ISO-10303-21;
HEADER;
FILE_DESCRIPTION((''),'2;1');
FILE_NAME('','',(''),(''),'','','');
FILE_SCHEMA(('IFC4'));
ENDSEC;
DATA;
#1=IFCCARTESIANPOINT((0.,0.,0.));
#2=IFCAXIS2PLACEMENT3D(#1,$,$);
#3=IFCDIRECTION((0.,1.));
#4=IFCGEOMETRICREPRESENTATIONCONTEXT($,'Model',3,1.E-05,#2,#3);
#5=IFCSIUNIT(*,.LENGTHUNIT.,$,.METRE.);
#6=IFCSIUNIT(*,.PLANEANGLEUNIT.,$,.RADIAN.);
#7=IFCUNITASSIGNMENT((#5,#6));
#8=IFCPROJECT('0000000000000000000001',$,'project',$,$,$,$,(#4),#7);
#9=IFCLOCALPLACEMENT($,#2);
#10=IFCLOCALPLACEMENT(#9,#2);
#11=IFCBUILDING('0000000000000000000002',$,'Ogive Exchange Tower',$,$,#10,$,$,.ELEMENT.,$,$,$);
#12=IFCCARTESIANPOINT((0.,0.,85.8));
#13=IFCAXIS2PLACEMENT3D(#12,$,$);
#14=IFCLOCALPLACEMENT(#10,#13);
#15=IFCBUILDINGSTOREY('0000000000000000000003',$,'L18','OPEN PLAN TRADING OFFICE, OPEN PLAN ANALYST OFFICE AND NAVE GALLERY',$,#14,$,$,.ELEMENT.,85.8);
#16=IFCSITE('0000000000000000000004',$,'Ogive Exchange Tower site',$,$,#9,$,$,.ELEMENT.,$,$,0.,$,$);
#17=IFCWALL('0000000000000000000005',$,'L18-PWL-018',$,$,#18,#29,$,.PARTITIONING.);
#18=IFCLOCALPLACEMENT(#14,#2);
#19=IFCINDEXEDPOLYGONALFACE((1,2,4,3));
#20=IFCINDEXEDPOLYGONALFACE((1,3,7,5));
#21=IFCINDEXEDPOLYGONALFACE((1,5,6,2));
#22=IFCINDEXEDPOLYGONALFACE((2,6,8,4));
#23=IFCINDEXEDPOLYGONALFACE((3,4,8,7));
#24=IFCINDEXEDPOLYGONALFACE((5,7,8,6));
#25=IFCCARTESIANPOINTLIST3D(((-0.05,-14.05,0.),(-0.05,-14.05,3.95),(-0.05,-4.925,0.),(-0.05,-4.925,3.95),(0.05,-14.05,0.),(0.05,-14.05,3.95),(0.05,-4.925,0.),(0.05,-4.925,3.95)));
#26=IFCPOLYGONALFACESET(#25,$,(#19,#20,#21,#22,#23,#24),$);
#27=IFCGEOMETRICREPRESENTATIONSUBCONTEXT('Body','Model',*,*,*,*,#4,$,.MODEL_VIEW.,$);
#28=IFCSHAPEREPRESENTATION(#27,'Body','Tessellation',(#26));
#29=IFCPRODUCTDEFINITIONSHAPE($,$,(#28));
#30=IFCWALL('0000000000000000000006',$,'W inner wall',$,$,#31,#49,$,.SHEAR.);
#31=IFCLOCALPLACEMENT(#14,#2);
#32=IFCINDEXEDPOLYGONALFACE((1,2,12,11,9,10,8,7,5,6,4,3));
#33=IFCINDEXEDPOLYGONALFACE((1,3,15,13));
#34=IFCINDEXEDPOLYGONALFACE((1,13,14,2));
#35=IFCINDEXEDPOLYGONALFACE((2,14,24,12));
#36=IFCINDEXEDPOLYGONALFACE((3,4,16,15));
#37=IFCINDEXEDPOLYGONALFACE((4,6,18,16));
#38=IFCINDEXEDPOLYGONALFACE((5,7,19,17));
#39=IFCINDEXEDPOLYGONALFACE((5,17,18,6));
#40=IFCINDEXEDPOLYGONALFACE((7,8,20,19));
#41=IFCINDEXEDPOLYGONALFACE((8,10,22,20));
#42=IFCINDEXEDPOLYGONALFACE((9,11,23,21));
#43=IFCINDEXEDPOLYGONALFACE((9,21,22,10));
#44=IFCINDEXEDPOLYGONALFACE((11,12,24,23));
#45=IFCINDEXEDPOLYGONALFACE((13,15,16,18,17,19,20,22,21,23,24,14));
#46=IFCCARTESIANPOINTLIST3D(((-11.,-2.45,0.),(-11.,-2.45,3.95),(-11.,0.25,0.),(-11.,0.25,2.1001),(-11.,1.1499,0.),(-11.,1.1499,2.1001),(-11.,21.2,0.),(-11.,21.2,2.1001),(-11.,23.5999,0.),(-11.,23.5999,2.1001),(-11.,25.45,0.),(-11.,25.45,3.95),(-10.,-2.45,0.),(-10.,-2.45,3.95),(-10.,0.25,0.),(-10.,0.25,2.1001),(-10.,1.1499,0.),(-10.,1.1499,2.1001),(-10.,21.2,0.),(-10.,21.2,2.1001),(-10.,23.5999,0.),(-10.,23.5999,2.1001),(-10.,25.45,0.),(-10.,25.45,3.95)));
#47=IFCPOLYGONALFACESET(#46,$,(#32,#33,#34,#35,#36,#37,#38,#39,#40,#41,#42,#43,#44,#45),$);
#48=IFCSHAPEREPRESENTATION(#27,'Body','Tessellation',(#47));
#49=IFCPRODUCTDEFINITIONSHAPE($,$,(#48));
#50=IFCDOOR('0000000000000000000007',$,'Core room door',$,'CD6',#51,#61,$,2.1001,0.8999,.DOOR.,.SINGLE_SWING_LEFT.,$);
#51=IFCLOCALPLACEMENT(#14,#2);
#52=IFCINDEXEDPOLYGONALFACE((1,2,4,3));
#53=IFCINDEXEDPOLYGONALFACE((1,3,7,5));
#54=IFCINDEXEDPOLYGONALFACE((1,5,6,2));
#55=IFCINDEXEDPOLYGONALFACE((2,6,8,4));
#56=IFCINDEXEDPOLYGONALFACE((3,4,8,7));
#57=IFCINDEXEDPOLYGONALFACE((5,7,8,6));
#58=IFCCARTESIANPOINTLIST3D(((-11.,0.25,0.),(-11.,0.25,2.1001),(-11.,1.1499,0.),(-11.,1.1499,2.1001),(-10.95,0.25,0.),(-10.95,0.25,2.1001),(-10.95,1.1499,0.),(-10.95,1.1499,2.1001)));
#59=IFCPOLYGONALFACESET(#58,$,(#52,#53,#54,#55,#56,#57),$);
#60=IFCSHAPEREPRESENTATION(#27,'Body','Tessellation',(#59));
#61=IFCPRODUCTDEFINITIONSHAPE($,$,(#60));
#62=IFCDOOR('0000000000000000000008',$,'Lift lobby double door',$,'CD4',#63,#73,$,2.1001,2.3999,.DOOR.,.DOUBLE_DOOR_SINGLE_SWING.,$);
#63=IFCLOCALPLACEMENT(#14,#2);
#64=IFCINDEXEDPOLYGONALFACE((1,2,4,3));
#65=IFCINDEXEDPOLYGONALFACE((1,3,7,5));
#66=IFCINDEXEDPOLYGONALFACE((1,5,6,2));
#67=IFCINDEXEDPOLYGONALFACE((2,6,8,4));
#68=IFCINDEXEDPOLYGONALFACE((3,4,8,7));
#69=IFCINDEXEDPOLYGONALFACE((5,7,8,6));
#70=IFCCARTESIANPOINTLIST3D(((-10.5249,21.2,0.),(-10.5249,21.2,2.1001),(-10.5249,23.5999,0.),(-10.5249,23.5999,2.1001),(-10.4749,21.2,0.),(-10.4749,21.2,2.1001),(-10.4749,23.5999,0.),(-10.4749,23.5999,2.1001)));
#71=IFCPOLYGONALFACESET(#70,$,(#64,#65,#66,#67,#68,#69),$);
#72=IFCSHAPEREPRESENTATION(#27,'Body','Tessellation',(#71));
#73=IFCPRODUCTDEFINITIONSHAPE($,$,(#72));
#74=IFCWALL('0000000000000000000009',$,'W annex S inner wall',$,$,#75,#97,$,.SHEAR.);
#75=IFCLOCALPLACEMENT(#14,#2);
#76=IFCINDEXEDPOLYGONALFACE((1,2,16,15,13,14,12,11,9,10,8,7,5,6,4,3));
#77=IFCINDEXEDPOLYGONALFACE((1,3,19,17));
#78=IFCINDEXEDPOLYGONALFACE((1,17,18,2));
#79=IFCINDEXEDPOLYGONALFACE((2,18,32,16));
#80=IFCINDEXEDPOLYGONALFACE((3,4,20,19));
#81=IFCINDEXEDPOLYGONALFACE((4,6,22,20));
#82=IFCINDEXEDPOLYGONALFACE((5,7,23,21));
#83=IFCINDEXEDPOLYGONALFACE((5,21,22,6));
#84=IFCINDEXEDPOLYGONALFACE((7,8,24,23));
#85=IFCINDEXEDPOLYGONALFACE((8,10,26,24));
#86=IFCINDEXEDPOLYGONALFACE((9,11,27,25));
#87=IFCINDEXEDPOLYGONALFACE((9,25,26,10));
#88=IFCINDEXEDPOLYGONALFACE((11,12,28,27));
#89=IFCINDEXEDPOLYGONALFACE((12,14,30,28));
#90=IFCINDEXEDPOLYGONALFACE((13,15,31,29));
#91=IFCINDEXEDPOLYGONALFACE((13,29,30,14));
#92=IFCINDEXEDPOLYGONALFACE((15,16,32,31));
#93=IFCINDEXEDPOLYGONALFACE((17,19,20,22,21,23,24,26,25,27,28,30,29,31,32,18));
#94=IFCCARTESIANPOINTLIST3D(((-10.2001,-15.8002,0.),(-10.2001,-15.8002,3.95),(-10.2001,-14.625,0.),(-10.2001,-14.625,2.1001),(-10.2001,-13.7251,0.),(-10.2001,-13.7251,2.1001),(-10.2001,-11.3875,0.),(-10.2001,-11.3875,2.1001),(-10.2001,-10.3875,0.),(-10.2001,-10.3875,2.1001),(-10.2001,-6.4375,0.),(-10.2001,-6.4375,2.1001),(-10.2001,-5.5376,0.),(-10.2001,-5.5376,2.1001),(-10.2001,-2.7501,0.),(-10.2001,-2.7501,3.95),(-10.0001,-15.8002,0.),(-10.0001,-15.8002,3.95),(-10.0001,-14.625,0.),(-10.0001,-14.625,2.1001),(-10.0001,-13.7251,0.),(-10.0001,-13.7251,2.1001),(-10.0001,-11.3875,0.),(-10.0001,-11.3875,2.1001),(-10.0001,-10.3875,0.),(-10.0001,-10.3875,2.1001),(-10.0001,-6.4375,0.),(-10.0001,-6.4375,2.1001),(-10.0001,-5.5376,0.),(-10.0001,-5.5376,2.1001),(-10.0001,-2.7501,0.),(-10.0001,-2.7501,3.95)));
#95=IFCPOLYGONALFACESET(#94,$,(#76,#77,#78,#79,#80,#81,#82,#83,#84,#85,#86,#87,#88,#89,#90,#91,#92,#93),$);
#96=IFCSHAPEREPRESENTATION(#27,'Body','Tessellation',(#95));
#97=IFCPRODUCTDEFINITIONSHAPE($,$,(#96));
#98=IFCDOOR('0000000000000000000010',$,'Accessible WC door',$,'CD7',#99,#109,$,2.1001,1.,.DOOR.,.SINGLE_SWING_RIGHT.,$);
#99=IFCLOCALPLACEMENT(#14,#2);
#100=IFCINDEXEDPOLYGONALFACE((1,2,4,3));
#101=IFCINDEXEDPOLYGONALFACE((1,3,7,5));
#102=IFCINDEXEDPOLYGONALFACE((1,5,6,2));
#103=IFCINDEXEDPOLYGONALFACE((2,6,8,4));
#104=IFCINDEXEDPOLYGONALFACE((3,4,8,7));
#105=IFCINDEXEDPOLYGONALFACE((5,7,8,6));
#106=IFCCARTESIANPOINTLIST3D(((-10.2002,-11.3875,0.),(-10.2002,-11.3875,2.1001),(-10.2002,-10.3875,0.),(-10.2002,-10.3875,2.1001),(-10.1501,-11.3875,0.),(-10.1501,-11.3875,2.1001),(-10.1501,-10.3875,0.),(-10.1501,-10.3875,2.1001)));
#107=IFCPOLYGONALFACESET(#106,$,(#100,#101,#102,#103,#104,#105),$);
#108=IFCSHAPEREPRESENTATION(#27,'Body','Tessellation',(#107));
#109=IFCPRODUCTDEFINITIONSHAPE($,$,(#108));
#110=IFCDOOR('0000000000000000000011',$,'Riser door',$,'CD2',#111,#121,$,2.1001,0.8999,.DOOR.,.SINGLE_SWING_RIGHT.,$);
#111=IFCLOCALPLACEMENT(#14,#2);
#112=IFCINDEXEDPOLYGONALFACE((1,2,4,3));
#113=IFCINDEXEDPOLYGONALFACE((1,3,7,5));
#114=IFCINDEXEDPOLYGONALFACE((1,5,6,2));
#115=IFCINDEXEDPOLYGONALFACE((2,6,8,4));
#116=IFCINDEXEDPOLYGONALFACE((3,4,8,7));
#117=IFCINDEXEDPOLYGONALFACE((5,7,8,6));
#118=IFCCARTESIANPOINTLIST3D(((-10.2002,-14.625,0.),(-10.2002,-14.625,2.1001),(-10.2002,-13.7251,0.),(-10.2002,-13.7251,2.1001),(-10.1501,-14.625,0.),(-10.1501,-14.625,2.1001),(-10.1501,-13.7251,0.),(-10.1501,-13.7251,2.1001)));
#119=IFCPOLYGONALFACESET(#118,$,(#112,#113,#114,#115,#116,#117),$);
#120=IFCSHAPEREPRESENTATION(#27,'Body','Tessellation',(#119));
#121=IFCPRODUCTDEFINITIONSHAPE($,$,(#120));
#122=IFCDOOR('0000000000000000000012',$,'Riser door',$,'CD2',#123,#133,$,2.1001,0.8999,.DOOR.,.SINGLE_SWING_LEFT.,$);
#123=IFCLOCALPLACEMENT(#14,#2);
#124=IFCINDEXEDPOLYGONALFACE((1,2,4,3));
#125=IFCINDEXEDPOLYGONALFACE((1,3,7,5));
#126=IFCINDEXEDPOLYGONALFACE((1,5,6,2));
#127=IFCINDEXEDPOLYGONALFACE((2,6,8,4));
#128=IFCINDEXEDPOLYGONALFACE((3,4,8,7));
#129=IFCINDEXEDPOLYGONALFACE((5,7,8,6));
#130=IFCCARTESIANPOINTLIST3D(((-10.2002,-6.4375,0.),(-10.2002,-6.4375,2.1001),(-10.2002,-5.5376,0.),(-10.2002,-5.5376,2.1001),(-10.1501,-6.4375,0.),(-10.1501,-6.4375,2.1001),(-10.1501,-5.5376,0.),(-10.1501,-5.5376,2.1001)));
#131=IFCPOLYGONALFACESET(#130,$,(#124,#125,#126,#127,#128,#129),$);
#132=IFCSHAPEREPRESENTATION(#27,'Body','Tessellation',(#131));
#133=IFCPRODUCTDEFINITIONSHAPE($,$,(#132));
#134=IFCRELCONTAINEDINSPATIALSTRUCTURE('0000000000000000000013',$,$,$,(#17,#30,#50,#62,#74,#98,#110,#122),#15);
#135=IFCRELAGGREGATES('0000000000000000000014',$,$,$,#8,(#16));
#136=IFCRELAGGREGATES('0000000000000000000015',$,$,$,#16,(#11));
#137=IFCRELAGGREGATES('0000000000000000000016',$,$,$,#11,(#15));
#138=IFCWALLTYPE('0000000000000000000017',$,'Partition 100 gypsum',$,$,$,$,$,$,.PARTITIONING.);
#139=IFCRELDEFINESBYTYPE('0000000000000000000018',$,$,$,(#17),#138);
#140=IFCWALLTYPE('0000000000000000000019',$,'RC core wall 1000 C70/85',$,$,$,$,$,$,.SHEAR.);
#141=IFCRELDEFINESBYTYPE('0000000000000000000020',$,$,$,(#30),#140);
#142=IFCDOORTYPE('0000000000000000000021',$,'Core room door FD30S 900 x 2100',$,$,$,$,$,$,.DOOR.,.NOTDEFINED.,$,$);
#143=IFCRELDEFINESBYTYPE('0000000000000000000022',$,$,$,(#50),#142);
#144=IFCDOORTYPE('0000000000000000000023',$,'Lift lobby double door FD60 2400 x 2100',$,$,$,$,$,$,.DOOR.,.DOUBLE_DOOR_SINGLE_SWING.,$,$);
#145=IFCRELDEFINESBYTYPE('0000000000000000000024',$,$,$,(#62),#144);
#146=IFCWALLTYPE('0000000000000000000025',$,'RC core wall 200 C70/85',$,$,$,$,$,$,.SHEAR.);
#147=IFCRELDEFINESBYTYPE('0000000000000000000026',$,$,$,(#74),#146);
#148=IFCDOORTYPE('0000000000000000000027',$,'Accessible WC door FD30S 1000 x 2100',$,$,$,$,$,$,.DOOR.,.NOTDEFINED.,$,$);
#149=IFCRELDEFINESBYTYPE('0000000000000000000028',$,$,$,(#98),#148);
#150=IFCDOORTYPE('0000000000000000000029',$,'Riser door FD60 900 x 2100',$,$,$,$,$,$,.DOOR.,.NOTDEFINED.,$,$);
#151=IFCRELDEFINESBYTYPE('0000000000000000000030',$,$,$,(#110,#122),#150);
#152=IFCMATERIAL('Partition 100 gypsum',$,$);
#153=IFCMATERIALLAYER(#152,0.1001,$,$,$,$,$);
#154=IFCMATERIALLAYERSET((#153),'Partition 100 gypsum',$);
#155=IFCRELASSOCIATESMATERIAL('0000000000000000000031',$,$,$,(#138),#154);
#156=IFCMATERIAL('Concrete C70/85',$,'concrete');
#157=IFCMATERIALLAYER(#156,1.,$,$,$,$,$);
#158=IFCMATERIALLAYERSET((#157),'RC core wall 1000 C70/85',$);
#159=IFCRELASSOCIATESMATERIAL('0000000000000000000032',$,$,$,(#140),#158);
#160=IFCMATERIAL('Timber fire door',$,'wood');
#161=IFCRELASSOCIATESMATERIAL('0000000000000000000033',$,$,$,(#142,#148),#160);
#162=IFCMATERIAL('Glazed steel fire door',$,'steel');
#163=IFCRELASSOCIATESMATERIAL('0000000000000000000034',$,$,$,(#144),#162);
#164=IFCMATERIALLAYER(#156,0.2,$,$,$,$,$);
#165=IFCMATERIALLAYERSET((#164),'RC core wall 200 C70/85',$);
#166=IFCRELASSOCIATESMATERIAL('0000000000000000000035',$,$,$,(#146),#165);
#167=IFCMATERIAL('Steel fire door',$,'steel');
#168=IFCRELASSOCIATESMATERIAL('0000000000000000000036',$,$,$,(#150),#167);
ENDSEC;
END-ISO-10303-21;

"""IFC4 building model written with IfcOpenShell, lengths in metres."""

from ifc_helpers import new_model, si_unit, direction, frame, frame_2d, origin, place, context, subcontext, project, spatial, rectangle, extrude, material, layer, layer_set, type_object, element, fill, save


model = new_model("IFC4")

# Units and contexts
model_context = context("Model", 3, precision=1e-05, world=origin(), true_north=direction((0.0, 1.0)))
body_context = subcontext(model_context, "Body", "Model", "MODEL_VIEW")
ifc_project = project(units=[si_unit("LENGTHUNIT", "METRE"), si_unit("PLANEANGLEUNIT", "RADIAN")], contexts=[model_context])

# Site, building, storey
site_placement = place(None, origin())
site = spatial("IfcSite", under=ifc_project, at=site_placement, Name="Ogive Exchange Tower site", CompositionType="ELEMENT", RefElevation=0.0)
building_placement = place(site_placement, origin())
building = spatial("IfcBuilding", under=site, at=building_placement, Name="Ogive Exchange Tower", CompositionType="ELEMENT")
storey_placement = place(building_placement, frame((0.0, 0.0, 85.8)))
storey = spatial("IfcBuildingStorey", under=building, at=storey_placement, Name="L18", Description="OPEN PLAN TRADING OFFICE, OPEN PLAN ANALYST OFFICE AND NAVE GALLERY", CompositionType="ELEMENT", Elevation=85.8)

# Wall
ifc_material_1 = material(Name="Partition 100 gypsum")
ifc_layer_1 = layer(ifc_material_1, 0.1001)
ifc_layer_set_1 = layer_set([ifc_layer_1], Name="Partition 100 gypsum")
wall_type_1 = type_object("IfcWallType", Name="Partition 100 gypsum", PredefinedType="PARTITIONING", material=ifc_layer_set_1)
wall_1_placement = place(storey_placement, frame((0.0, -14.05, 0.0), z_axis=(0.0, 0.0, 1.0), x_axis=(0.0, 1.0, 0.0)))
element("IfcWall", 1, at=wall_1_placement, inside=storey, type_object=wall_type_1, Name="L18-PWL-018", PredefinedType="PARTITIONING", context=body_context, shape_type="SweptSolid", body=[
    extrude(rectangle(XDim=9.125, YDim=0.1001, at=frame_2d((4.5625, 0.0))), origin(), (0.0, 0.0, 1.0), 3.95),
])

# Walls, openings, doors
ifc_material_2 = material(Name="Concrete C70/85", Category="concrete")
ifc_layer_2 = layer(ifc_material_2, 1.0)
ifc_layer_set_2 = layer_set([ifc_layer_2], Name="RC core wall 1000 C70/85")
wall_type_2 = type_object("IfcWallType", Name="RC core wall 1000 C70/85", PredefinedType="SHEAR", material=ifc_layer_set_2)
wall_2_placement = place(storey_placement, frame((-10.5, -2.45, 0.0), z_axis=(0.0, 0.0, 1.0), x_axis=(0.0, 1.0, 0.0)))
wall_2 = element("IfcWall", 2, at=wall_2_placement, inside=storey, type_object=wall_type_2, Name="W inner wall", PredefinedType="SHEAR", context=body_context, shape_type="SweptSolid", body=[
    extrude(rectangle(XDim=27.8999, YDim=1.0, at=frame_2d((13.95, 0.0))), origin(), (0.0, 0.0, 1.0), 3.95),
])
opening_1_placement = place(wall_2_placement, frame((23.6499, 0.0, 0.0)))
opening_1 = element("IfcOpeningElement", 3, at=opening_1_placement, cuts=wall_2, PredefinedType="OPENING", context=body_context, shape_type="SweptSolid", body=[
    extrude(rectangle(XDim=2.3999, YDim=2.1001, at=frame_2d((1.2, 1.05))), frame((0.0, 0.51, 0.0), z_axis=(0.0, -1.0, 0.0), x_axis=(1.0, 0.0, 0.0)), (0.0, 0.0, 1.0), 1.02),
])
opening_2_placement = place(wall_2_placement, frame((2.7, 0.0, 0.0)))
opening_2 = element("IfcOpeningElement", 4, at=opening_2_placement, cuts=wall_2, PredefinedType="OPENING", context=body_context, shape_type="SweptSolid", body=[
    extrude(rectangle(XDim=0.8999, YDim=2.1001, at=frame_2d((0.45, 1.05))), frame((0.0, 0.51, 0.0), z_axis=(0.0, -1.0, 0.0), x_axis=(1.0, 0.0, 0.0)), (0.0, 0.0, 1.0), 1.02),
])
ifc_material_3 = material(Name="Timber fire door", Category="wood")
door_type_1 = type_object("IfcDoorType", Name="Core room door FD30S 900 x 2100", OperationType="NOTDEFINED", PredefinedType="DOOR", material=ifc_material_3)
door_1_placement = place(opening_2_placement, origin())
door_1 = element("IfcDoor", 5, at=door_1_placement, inside=storey, type_object=door_type_1, Name="Core room door", ObjectType="CD6", OperationType="SINGLE_SWING_LEFT", OverallHeight=2.1001, OverallWidth=0.8999, PredefinedType="DOOR", context=body_context, shape_type="SweptSolid", body=[
    extrude(rectangle(XDim=0.8999, YDim=2.1001, at=frame_2d((0.45, 1.05))), frame((0.0, 0.5, 0.0), z_axis=(0.0, -1.0, 0.0), x_axis=(1.0, 0.0, 0.0)), (0.0, 0.0, 1.0), 0.05),
])
fill(opening_2, door_1)
ifc_material_4 = material(Name="Glazed steel fire door", Category="steel")
door_type_2 = type_object("IfcDoorType", Name="Lift lobby double door FD60 2400 x 2100", OperationType="DOUBLE_DOOR_SINGLE_SWING", PredefinedType="DOOR", material=ifc_material_4)
door_2_placement = place(opening_1_placement, origin())
door_2 = element("IfcDoor", 6, at=door_2_placement, inside=storey, type_object=door_type_2, Name="Lift lobby double door", ObjectType="CD4", OperationType="DOUBLE_DOOR_SINGLE_SWING", OverallHeight=2.1001, OverallWidth=2.3999, PredefinedType="DOOR", context=body_context, shape_type="SweptSolid", body=[
    extrude(rectangle(XDim=2.3999, YDim=2.1001, at=frame_2d((1.2, 1.05))), frame((0.0, 0.0249, 0.0), z_axis=(0.0, -1.0, 0.0), x_axis=(1.0, 0.0, 0.0)), (0.0, 0.0, 1.0), 0.05),
])
fill(opening_1, door_2)
ifc_layer_3 = layer(ifc_material_2, 0.2)
ifc_layer_set_3 = layer_set([ifc_layer_3], Name="RC core wall 200 C70/85")
wall_type_3 = type_object("IfcWallType", Name="RC core wall 200 C70/85", PredefinedType="SHEAR", material=ifc_layer_set_3)
wall_3_placement = place(storey_placement, frame((-10.1001, -15.8, 0.0), z_axis=(0.0, 0.0, 1.0), x_axis=(0.0, 1.0, 0.0)))
wall_3 = element("IfcWall", 7, at=wall_3_placement, inside=storey, type_object=wall_type_3, Name="W annex S inner wall", PredefinedType="SHEAR", context=body_context, shape_type="SweptSolid", body=[
    extrude(rectangle(XDim=13.05, YDim=0.2, at=frame_2d((6.5249, 0.0))), origin(), (0.0, 0.0, 1.0), 3.95),
])
opening_3_placement = place(wall_3_placement, frame((1.175, 0.0, 0.0)))
opening_3 = element("IfcOpeningElement", 8, at=opening_3_placement, cuts=wall_3, PredefinedType="OPENING", context=body_context, shape_type="SweptSolid", body=[
    extrude(rectangle(XDim=0.8999, YDim=2.1001, at=frame_2d((0.45, 1.05))), frame((0.0, 0.1099, 0.0), z_axis=(0.0, -1.0, 0.0), x_axis=(1.0, 0.0, 0.0)), (0.0, 0.0, 1.0), 0.22),
])
opening_4_placement = place(wall_3_placement, frame((4.4126, 0.0, 0.0)))
opening_4 = element("IfcOpeningElement", 9, at=opening_4_placement, cuts=wall_3, PredefinedType="OPENING", context=body_context, shape_type="SweptSolid", body=[
    extrude(rectangle(XDim=1.0, YDim=2.1001, at=frame_2d((0.5, 1.05))), frame((0.0, 0.1099, 0.0), z_axis=(0.0, -1.0, 0.0), x_axis=(1.0, 0.0, 0.0)), (0.0, 0.0, 1.0), 0.22),
])
opening_5_placement = place(wall_3_placement, frame((9.3625, 0.0, 0.0)))
opening_5 = element("IfcOpeningElement", 10, at=opening_5_placement, cuts=wall_3, PredefinedType="OPENING", context=body_context, shape_type="SweptSolid", body=[
    extrude(rectangle(XDim=0.8999, YDim=2.1001, at=frame_2d((0.45, 1.05))), frame((0.0, 0.1099, 0.0), z_axis=(0.0, -1.0, 0.0), x_axis=(1.0, 0.0, 0.0)), (0.0, 0.0, 1.0), 0.22),
])
door_type_3 = type_object("IfcDoorType", Name="Accessible WC door FD30S 1000 x 2100", OperationType="NOTDEFINED", PredefinedType="DOOR", material=ifc_material_3)
door_3_placement = place(opening_4_placement, origin())
door_3 = element("IfcDoor", 11, at=door_3_placement, inside=storey, type_object=door_type_3, Name="Accessible WC door", ObjectType="CD7", OperationType="SINGLE_SWING_RIGHT", OverallHeight=2.1001, OverallWidth=1.0, PredefinedType="DOOR", context=body_context, shape_type="SweptSolid", body=[
    extrude(rectangle(XDim=1.0, YDim=2.1001, at=frame_2d((0.5, 1.05))), frame((0.0, 0.1001, 0.0), z_axis=(0.0, -1.0, 0.0), x_axis=(1.0, 0.0, 0.0)), (0.0, 0.0, 1.0), 0.05),
])
fill(opening_4, door_3)
ifc_material_5 = material(Name="Steel fire door", Category="steel")
door_type_4 = type_object("IfcDoorType", Name="Riser door FD60 900 x 2100", OperationType="NOTDEFINED", PredefinedType="DOOR", material=ifc_material_5)
door_4_placement = place(opening_3_placement, origin())
door_4 = element("IfcDoor", 12, at=door_4_placement, inside=storey, type_object=door_type_4, Name="Riser door", ObjectType="CD2", OperationType="SINGLE_SWING_RIGHT", OverallHeight=2.1001, OverallWidth=0.8999, PredefinedType="DOOR", context=body_context, shape_type="SweptSolid", body=[
    extrude(rectangle(XDim=0.8999, YDim=2.1001, at=frame_2d((0.45, 1.05))), frame((0.0, 0.1001, 0.0), z_axis=(0.0, -1.0, 0.0), x_axis=(1.0, 0.0, 0.0)), (0.0, 0.0, 1.0), 0.05),
])
fill(opening_3, door_4)
door_5_placement = place(opening_5_placement, origin())
door_5 = element("IfcDoor", 13, at=door_5_placement, inside=storey, type_object=door_type_4, Name="Riser door", ObjectType="CD2", OperationType="SINGLE_SWING_LEFT", OverallHeight=2.1001, OverallWidth=0.8999, PredefinedType="DOOR", context=body_context, shape_type="SweptSolid", body=[
    extrude(rectangle(XDim=0.8999, YDim=2.1001, at=frame_2d((0.45, 1.05))), frame((0.0, 0.1001, 0.0), z_axis=(0.0, -1.0, 0.0), x_axis=(1.0, 0.0, 0.0)), (0.0, 0.0, 1.0), 0.05),
])
fill(opening_5, door_5)

save(model, "model.ifc")
